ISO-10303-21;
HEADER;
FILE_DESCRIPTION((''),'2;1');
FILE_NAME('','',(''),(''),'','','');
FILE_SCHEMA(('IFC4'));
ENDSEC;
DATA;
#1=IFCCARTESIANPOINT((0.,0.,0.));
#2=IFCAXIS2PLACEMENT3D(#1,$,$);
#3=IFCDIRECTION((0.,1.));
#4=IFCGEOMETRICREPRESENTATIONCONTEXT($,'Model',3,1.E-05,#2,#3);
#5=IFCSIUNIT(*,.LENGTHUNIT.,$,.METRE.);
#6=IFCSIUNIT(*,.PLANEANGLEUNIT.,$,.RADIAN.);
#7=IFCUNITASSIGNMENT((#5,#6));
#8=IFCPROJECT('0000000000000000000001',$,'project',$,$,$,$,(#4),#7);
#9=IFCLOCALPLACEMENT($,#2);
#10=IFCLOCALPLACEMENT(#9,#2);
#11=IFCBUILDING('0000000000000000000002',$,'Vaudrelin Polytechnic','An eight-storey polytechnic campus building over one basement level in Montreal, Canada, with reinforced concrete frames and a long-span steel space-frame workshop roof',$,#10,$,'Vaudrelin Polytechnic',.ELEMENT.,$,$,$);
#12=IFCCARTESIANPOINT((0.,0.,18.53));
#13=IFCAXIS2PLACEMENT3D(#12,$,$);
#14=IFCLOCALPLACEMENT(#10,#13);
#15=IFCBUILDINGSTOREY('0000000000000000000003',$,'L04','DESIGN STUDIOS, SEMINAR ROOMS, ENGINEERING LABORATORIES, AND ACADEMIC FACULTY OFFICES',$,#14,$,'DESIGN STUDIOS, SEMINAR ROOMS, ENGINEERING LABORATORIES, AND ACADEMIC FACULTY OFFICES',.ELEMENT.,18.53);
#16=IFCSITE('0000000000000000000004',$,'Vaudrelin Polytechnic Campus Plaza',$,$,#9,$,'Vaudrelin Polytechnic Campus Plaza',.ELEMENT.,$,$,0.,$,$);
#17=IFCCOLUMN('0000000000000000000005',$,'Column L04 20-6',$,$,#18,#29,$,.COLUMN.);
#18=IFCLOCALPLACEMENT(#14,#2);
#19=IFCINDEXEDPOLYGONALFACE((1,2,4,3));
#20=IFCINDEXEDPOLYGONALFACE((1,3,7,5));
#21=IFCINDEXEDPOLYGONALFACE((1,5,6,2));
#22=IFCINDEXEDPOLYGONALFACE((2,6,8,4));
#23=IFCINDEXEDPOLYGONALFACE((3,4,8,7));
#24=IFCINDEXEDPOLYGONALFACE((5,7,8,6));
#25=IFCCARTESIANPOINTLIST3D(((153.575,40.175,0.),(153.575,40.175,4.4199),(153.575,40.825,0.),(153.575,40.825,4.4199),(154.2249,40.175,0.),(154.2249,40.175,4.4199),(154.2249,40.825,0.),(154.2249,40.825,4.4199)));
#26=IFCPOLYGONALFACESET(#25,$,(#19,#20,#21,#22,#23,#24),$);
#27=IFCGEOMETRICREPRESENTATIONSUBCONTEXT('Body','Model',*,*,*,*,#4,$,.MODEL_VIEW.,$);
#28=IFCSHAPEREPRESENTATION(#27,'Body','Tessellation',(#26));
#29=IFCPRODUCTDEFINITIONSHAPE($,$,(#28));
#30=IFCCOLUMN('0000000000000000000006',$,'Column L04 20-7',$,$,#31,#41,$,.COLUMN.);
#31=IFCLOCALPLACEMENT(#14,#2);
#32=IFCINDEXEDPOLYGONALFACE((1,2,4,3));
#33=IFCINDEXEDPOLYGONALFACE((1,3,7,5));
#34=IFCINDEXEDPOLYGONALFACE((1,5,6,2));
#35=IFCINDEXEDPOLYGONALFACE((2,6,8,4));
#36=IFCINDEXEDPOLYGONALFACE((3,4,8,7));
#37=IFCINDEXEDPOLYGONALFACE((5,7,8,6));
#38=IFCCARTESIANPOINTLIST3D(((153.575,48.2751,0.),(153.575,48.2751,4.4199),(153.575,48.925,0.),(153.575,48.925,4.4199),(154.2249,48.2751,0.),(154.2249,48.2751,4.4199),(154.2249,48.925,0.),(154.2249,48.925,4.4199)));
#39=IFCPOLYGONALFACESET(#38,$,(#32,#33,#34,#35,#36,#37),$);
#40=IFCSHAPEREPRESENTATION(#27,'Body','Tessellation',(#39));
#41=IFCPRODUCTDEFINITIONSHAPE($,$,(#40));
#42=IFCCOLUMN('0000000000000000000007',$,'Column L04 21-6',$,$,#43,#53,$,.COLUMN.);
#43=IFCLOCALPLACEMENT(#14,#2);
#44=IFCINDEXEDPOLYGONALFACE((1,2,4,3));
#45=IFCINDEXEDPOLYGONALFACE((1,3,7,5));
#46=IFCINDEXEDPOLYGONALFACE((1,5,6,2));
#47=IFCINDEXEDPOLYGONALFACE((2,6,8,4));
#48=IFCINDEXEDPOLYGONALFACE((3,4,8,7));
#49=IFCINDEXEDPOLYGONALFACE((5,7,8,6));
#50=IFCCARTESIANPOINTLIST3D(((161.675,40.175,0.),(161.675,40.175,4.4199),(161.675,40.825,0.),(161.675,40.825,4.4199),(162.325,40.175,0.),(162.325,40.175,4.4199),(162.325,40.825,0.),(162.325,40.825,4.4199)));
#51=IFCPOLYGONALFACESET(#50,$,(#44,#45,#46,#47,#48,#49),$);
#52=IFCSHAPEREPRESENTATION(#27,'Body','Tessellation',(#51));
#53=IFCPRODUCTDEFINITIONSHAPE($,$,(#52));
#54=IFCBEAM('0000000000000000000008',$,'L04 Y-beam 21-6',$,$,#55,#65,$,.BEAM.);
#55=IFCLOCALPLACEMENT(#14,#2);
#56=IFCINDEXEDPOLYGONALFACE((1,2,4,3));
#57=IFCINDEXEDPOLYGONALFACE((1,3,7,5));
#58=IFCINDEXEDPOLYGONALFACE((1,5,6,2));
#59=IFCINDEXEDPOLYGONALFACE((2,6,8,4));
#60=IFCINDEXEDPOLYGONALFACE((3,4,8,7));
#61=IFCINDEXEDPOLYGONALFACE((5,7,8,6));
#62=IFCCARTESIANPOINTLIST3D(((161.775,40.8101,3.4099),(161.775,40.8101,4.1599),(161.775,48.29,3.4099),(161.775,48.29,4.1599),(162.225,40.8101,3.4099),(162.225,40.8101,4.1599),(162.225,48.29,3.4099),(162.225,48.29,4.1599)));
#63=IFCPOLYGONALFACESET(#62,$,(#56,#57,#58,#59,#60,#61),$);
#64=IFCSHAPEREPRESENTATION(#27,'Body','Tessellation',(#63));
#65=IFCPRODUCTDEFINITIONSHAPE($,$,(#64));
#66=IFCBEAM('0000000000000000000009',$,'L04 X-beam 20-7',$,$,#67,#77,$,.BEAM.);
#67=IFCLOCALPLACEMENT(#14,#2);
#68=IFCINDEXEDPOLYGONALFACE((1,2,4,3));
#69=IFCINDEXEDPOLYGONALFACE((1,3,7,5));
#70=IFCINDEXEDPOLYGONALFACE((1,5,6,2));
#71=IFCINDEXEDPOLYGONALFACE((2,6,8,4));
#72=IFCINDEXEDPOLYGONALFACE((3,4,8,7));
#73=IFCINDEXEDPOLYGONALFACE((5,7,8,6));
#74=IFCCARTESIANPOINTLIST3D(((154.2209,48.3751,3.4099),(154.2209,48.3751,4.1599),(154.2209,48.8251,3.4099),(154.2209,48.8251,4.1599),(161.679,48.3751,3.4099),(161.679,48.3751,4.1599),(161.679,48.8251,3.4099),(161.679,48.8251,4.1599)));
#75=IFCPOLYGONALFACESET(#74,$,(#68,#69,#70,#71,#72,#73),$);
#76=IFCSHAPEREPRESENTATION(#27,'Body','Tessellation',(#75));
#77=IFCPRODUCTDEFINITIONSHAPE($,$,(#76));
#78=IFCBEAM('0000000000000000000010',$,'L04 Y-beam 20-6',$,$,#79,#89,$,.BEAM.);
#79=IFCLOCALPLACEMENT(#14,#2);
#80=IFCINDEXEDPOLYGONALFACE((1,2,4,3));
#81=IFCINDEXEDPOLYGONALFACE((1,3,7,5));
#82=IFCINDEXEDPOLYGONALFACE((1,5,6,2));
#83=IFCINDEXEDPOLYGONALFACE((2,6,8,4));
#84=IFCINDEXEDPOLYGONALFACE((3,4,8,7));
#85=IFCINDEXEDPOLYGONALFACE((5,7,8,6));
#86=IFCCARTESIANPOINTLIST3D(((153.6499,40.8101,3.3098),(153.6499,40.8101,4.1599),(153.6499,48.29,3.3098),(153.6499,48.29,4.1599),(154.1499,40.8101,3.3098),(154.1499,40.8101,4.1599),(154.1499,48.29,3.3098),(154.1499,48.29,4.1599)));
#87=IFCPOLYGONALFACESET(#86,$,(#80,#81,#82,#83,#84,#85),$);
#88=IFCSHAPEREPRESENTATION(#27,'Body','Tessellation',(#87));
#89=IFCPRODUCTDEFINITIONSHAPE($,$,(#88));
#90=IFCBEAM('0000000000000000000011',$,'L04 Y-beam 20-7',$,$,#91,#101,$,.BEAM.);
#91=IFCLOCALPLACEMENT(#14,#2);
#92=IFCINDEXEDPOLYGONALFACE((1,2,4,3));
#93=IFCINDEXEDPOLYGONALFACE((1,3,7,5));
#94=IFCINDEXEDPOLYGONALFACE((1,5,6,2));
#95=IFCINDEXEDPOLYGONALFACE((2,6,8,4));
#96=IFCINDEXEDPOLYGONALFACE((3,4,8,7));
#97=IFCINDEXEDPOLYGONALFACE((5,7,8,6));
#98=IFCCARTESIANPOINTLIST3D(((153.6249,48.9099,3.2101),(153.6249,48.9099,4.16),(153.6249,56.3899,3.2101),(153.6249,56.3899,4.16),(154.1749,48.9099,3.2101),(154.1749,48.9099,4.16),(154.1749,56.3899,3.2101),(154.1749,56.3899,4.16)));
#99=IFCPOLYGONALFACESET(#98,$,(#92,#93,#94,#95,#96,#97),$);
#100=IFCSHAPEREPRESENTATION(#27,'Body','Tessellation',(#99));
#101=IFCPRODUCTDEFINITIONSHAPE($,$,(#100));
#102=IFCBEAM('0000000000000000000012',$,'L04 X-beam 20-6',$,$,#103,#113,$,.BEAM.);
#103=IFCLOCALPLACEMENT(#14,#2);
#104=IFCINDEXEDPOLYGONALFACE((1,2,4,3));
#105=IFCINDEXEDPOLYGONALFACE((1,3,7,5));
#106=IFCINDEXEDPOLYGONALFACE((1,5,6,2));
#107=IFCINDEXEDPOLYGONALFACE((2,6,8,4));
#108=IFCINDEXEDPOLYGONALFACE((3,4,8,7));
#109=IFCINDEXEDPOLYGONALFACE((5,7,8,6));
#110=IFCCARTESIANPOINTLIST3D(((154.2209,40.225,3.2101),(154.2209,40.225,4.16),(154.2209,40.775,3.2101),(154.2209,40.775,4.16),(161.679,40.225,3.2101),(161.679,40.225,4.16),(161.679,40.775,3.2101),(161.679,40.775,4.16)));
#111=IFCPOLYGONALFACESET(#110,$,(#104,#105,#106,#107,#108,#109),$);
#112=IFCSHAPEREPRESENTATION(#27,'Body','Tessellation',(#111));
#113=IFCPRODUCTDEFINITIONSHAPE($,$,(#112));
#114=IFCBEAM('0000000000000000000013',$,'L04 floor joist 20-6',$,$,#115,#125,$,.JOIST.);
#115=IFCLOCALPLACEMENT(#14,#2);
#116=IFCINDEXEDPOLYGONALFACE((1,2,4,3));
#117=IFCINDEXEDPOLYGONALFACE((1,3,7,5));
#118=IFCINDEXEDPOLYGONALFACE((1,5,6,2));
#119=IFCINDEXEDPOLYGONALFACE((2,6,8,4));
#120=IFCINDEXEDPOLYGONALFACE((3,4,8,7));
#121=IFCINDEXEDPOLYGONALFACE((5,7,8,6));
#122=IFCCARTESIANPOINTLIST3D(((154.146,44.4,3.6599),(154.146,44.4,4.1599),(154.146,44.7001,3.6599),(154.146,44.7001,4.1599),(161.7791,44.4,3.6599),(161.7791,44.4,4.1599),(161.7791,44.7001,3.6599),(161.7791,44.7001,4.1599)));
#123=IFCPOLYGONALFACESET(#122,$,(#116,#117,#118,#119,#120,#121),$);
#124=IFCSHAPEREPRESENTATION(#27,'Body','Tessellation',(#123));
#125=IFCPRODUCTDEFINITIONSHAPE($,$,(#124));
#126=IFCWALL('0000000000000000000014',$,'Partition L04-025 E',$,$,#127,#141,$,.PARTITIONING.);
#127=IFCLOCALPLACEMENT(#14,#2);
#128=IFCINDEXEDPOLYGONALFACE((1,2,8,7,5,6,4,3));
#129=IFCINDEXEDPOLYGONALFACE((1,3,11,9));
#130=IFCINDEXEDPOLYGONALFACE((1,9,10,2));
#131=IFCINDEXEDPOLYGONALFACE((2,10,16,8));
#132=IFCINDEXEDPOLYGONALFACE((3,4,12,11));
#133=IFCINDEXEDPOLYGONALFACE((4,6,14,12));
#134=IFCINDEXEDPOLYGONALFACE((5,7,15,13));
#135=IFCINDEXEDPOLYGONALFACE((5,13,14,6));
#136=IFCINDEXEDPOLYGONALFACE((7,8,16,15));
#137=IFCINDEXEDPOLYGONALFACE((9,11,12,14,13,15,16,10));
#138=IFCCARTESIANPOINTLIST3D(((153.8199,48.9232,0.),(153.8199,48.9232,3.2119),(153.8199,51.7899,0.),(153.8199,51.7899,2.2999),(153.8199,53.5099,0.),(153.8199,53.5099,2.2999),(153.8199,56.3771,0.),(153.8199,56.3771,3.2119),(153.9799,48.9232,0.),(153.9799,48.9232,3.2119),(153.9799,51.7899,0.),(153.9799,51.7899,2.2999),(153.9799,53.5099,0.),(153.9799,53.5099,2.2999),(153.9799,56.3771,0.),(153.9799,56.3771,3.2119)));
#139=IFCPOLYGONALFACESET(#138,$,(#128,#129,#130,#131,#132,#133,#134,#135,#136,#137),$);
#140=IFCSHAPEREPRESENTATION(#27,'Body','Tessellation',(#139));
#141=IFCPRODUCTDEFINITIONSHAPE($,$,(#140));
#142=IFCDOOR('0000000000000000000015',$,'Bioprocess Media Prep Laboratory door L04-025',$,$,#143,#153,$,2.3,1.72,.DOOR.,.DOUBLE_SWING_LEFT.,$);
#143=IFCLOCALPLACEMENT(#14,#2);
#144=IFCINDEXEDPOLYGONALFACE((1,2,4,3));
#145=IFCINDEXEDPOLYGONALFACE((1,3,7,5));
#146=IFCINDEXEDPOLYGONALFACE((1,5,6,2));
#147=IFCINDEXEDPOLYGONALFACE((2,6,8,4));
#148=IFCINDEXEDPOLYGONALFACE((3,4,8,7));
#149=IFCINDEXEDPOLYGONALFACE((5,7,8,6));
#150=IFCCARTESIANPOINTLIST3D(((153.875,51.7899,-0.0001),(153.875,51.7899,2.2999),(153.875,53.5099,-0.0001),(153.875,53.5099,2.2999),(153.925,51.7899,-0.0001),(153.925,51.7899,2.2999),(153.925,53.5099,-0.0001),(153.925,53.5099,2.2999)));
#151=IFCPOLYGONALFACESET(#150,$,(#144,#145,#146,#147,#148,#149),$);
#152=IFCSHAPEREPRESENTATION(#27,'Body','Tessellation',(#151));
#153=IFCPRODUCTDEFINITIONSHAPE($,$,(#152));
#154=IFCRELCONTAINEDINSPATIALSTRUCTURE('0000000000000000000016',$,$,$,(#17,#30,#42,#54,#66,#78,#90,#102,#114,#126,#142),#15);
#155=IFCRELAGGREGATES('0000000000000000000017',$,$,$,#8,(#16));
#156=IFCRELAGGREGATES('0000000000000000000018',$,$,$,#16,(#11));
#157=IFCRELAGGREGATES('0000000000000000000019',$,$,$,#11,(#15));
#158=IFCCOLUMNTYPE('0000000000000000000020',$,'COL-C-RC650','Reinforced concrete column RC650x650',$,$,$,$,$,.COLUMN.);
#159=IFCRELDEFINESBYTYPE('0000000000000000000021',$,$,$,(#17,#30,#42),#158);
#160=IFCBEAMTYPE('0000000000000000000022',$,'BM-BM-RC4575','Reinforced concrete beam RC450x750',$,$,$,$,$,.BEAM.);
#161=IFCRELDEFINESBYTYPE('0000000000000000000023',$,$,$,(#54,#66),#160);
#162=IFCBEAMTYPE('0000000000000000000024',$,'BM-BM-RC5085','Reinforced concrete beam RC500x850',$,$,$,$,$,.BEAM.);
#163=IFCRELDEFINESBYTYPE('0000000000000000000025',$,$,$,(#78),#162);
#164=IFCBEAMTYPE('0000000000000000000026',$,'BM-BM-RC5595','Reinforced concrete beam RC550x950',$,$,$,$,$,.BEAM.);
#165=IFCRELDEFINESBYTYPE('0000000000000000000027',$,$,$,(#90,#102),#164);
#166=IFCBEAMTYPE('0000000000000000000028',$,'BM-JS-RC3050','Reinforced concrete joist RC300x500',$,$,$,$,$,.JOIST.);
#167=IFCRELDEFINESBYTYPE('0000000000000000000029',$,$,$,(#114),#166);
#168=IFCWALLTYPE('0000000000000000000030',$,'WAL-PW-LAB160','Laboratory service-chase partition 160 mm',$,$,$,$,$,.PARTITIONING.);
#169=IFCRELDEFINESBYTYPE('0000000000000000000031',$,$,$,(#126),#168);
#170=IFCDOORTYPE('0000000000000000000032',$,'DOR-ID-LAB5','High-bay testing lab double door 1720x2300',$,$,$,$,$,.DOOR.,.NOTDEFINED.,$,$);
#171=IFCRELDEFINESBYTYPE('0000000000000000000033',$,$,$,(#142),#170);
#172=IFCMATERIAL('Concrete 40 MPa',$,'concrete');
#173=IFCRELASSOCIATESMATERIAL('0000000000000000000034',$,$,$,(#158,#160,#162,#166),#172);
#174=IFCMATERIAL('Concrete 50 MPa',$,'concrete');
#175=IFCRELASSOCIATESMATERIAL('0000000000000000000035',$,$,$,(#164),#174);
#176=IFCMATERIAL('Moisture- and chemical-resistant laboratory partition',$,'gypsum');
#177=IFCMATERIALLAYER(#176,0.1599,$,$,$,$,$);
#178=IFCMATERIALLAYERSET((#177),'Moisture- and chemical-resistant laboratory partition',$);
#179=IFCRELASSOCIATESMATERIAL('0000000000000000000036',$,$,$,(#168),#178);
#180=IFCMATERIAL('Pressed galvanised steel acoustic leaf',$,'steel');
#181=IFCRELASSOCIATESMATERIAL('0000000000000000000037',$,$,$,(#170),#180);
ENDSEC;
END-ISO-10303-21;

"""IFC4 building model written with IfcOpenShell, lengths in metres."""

from ifc_helpers import new_model, si_unit, direction, frame, frame_2d, origin, origin_2d, place, context, subcontext, project, spatial, rectangle, extrude, material, layer, layer_set, material_profile, profile_set, type_object, element, fill, save


model = new_model("IFC4")

# Units and contexts
model_context = context("Model", 3, precision=1e-05, world=origin(), true_north=direction((0.0, 1.0)))
body_context = subcontext(model_context, "Body", "Model", "MODEL_VIEW")
ifc_project = project(units=[si_unit("LENGTHUNIT", "METRE"), si_unit("PLANEANGLEUNIT", "RADIAN")], contexts=[model_context])

# Site, building, storey
site_placement = place(None, origin())
site = spatial("IfcSite", under=ifc_project, at=site_placement, Name="Vaudrelin Polytechnic Campus Plaza", LongName="Vaudrelin Polytechnic Campus Plaza", CompositionType="ELEMENT", RefElevation=0.0)
building_placement = place(site_placement, origin())
building = spatial("IfcBuilding", under=site, at=building_placement, Name="Vaudrelin Polytechnic", Description="An eight-storey polytechnic campus building over one basement level in Montreal, Canada, with reinforced concrete frames and a long-span steel space-frame workshop roof", LongName="Vaudrelin Polytechnic", CompositionType="ELEMENT")
storey_placement = place(building_placement, frame((0.0, 0.0, 18.53)))
storey = spatial("IfcBuildingStorey", under=building, at=storey_placement, Name="L04", Description="DESIGN STUDIOS, SEMINAR ROOMS, ENGINEERING LABORATORIES, AND ACADEMIC FACULTY OFFICES", LongName="DESIGN STUDIOS, SEMINAR ROOMS, ENGINEERING LABORATORIES, AND ACADEMIC FACULTY OFFICES", CompositionType="ELEMENT", Elevation=18.53)

# Columns
ifc_material_1 = material(Name="Concrete 40 MPa", Category="concrete")
ifc_material_profile_1 = material_profile(ifc_material_1, rectangle(XDim=0.6499, YDim=0.6499, at=origin_2d()), Name="RC650x650")
ifc_profile_set_1 = profile_set([ifc_material_profile_1], Name="Concrete 40 MPa")
column_type = type_object("IfcColumnType", Name="COL-C-RC650", Description="Reinforced concrete column RC650x650", PredefinedType="COLUMN", material=ifc_profile_set_1)
for number, where, z_axis, x_axis, name in (
    (1, (153.8999, 40.5, 0.0), (0.0, 0.0, 1.0), (1.0, 0.0, 0.0), "Column L04 20-6"),
    (2, (153.8999, 48.6001, 0.0), (0.0, 0.0, 1.0), (1.0, 0.0, 0.0), "Column L04 20-7"),
    (3, (162.0, 40.5, 0.0), (0.0, 0.0, 1.0), (1.0, 0.0, 0.0), "Column L04 21-6"),
):
    element("IfcColumn", number, at=place(storey_placement, frame(where, z_axis=z_axis, x_axis=x_axis)), inside=storey, type_object=column_type, Name=name, PredefinedType="COLUMN", context=body_context, shape_type="SweptSolid", body=[
        extrude(rectangle(XDim=0.6499, YDim=0.6499, at=origin_2d()), origin(), (0.0, 0.0, 1.0), 4.4199),
    ])

# Beams
ifc_material_profile_2 = material_profile(ifc_material_1, rectangle(XDim=0.45, YDim=0.75, at=origin_2d()), Name="RC450x750")
ifc_profile_set_2 = profile_set([ifc_material_profile_2], Name="Concrete 40 MPa")
beam_type_1 = type_object("IfcBeamType", Name="BM-BM-RC4575", Description="Reinforced concrete beam RC450x750", PredefinedType="BEAM", material=ifc_profile_set_2)
beam_1_placement = place(storey_placement, frame((162.0, 40.8101, 3.7849), z_axis=(0.0, 1.0, 0.0), x_axis=(-1.0, 0.0, 0.0)))
element("IfcBeam", 4, at=beam_1_placement, inside=storey, type_object=beam_type_1, Name="L04 Y-beam 21-6", PredefinedType="BEAM", context=body_context, shape_type="SweptSolid", body=[
    extrude(rectangle(XDim=0.45, YDim=0.75, at=origin_2d()), origin(), (0.0, 0.0, 1.0), 7.48),
])
beam_2_placement = place(storey_placement, frame((154.2209, 48.6001, 3.7849), z_axis=(1.0, 0.0, 0.0), x_axis=(0.0, 1.0, 0.0)))
element("IfcBeam", 5, at=beam_2_placement, inside=storey, type_object=beam_type_1, Name="L04 X-beam 20-7", PredefinedType="BEAM", context=body_context, shape_type="SweptSolid", body=[
    extrude(rectangle(XDim=0.45, YDim=0.75, at=origin_2d()), origin(), (0.0, 0.0, 1.0), 7.458),
])
ifc_material_profile_3 = material_profile(ifc_material_1, rectangle(XDim=0.5, YDim=0.8501, at=origin_2d()), Name="RC500x850")
ifc_profile_set_3 = profile_set([ifc_material_profile_3], Name="Concrete 40 MPa")
beam_type_2 = type_object("IfcBeamType", Name="BM-BM-RC5085", Description="Reinforced concrete beam RC500x850", PredefinedType="BEAM", material=ifc_profile_set_3)
beam_3_placement = place(storey_placement, frame((153.8999, 40.8101, 3.7349), z_axis=(0.0, 1.0, 0.0), x_axis=(-1.0, 0.0, 0.0)))
element("IfcBeam", 6, at=beam_3_placement, inside=storey, type_object=beam_type_2, Name="L04 Y-beam 20-6", PredefinedType="BEAM", context=body_context, shape_type="SweptSolid", body=[
    extrude(rectangle(XDim=0.5, YDim=0.8501, at=origin_2d()), origin(), (0.0, 0.0, 1.0), 7.48),
])
ifc_material_2 = material(Name="Concrete 50 MPa", Category="concrete")
ifc_material_profile_4 = material_profile(ifc_material_2, rectangle(XDim=0.55, YDim=0.95, at=origin_2d()), Name="RC550x950")
ifc_profile_set_4 = profile_set([ifc_material_profile_4], Name="Concrete 50 MPa")
beam_type_3 = type_object("IfcBeamType", Name="BM-BM-RC5595", Description="Reinforced concrete beam RC550x950", PredefinedType="BEAM", material=ifc_profile_set_4)
beam_4_placement = place(storey_placement, frame((153.8999, 48.9099, 3.6851), z_axis=(0.0, 1.0, 0.0), x_axis=(-1.0, 0.0, 0.0)))
element("IfcBeam", 7, at=beam_4_placement, inside=storey, type_object=beam_type_3, Name="L04 Y-beam 20-7", PredefinedType="BEAM", context=body_context, shape_type="SweptSolid", body=[
    extrude(rectangle(XDim=0.55, YDim=0.95, at=origin_2d()), origin(), (0.0, 0.0, 1.0), 7.48),
])
beam_5_placement = place(storey_placement, frame((154.2209, 40.5, 3.6851), z_axis=(1.0, 0.0, 0.0), x_axis=(0.0, 1.0, 0.0)))
element("IfcBeam", 8, at=beam_5_placement, inside=storey, type_object=beam_type_3, Name="L04 X-beam 20-6", PredefinedType="BEAM", context=body_context, shape_type="SweptSolid", body=[
    extrude(rectangle(XDim=0.55, YDim=0.95, at=origin_2d()), origin(), (0.0, 0.0, 1.0), 7.458),
])
ifc_material_profile_5 = material_profile(ifc_material_1, rectangle(XDim=0.3, YDim=0.5, at=origin_2d()), Name="RC300x500")
ifc_profile_set_5 = profile_set([ifc_material_profile_5], Name="Concrete 40 MPa")
beam_type_4 = type_object("IfcBeamType", Name="BM-JS-RC3050", Description="Reinforced concrete joist RC300x500", PredefinedType="JOIST", material=ifc_profile_set_5)
beam_6_placement = place(storey_placement, frame((154.146, 44.55, 3.9099), z_axis=(1.0, 0.0, 0.0), x_axis=(0.0, 1.0, 0.0)))
element("IfcBeam", 9, at=beam_6_placement, inside=storey, type_object=beam_type_4, Name="L04 floor joist 20-6", PredefinedType="JOIST", context=body_context, shape_type="SweptSolid", body=[
    extrude(rectangle(XDim=0.3, YDim=0.5, at=origin_2d()), origin(), (0.0, 0.0, 1.0), 7.6331),
])

# Wall, opening, door
ifc_material_3 = material(Name="Pressed galvanised steel acoustic leaf", Category="steel")
ifc_material_4 = material(Name="Moisture- and chemical-resistant laboratory partition", Category="gypsum")
ifc_layer_1 = layer(ifc_material_4, 0.1599)
ifc_layer_set_1 = layer_set([ifc_layer_1], Name="Moisture- and chemical-resistant laboratory partition")
wall_type_1 = type_object("IfcWallType", Name="WAL-PW-LAB160", Description="Laboratory service-chase partition 160 mm", PredefinedType="PARTITIONING", material=ifc_layer_set_1)
wall_1_placement = place(storey_placement, frame((153.8999, 48.9231, 0.0), z_axis=(0.0, 0.0, 1.0), x_axis=(0.0, 1.0, 0.0)))
wall_1 = element("IfcWall", 10, at=wall_1_placement, inside=storey, type_object=wall_type_1, Name="Partition L04-025 E", PredefinedType="PARTITIONING", context=body_context, shape_type="SweptSolid", body=[
    extrude(rectangle(XDim=7.4539, YDim=0.1599, at=frame_2d((3.7271, 0.0))), origin(), (0.0, 0.0, 1.0), 3.2119),
])
opening_1_placement = place(wall_1_placement, frame((2.8669, 0.0, 0.0)))
opening_1 = element("IfcOpeningElement", 11, at=opening_1_placement, cuts=wall_1, PredefinedType="OPENING", context=body_context, shape_type="SweptSolid", body=[
    extrude(rectangle(XDim=1.72, YDim=2.3, at=frame_2d((0.8599, 1.1499))), frame((0.0, 0.0898, 0.0), z_axis=(0.0, -1.0, 0.0), x_axis=(1.0, 0.0, 0.0)), (0.0, 0.0, 1.0), 0.1799),
])
door_type_1 = type_object("IfcDoorType", Name="DOR-ID-LAB5", Description="High-bay testing lab double door 1720x2300", OperationType="NOTDEFINED", PredefinedType="DOOR", material=ifc_material_3)
door_1_placement = place(opening_1_placement, origin())
door_1 = element("IfcDoor", 12, at=door_1_placement, inside=storey, type_object=door_type_1, Name="Bioprocess Media Prep Laboratory door L04-025", OperationType="DOUBLE_SWING_LEFT", OverallHeight=2.3, OverallWidth=1.72, PredefinedType="DOOR", context=body_context, shape_type="SweptSolid", body=[
    extrude(rectangle(XDim=1.72, YDim=2.3, at=frame_2d((0.8599, 1.1499))), frame((0.0, 0.0249, 0.0), z_axis=(0.0, -1.0, 0.0), x_axis=(1.0, 0.0, 0.0)), (0.0, 0.0, 1.0), 0.05),
])
fill(opening_1, door_1)

save(model, "model.ifc")
